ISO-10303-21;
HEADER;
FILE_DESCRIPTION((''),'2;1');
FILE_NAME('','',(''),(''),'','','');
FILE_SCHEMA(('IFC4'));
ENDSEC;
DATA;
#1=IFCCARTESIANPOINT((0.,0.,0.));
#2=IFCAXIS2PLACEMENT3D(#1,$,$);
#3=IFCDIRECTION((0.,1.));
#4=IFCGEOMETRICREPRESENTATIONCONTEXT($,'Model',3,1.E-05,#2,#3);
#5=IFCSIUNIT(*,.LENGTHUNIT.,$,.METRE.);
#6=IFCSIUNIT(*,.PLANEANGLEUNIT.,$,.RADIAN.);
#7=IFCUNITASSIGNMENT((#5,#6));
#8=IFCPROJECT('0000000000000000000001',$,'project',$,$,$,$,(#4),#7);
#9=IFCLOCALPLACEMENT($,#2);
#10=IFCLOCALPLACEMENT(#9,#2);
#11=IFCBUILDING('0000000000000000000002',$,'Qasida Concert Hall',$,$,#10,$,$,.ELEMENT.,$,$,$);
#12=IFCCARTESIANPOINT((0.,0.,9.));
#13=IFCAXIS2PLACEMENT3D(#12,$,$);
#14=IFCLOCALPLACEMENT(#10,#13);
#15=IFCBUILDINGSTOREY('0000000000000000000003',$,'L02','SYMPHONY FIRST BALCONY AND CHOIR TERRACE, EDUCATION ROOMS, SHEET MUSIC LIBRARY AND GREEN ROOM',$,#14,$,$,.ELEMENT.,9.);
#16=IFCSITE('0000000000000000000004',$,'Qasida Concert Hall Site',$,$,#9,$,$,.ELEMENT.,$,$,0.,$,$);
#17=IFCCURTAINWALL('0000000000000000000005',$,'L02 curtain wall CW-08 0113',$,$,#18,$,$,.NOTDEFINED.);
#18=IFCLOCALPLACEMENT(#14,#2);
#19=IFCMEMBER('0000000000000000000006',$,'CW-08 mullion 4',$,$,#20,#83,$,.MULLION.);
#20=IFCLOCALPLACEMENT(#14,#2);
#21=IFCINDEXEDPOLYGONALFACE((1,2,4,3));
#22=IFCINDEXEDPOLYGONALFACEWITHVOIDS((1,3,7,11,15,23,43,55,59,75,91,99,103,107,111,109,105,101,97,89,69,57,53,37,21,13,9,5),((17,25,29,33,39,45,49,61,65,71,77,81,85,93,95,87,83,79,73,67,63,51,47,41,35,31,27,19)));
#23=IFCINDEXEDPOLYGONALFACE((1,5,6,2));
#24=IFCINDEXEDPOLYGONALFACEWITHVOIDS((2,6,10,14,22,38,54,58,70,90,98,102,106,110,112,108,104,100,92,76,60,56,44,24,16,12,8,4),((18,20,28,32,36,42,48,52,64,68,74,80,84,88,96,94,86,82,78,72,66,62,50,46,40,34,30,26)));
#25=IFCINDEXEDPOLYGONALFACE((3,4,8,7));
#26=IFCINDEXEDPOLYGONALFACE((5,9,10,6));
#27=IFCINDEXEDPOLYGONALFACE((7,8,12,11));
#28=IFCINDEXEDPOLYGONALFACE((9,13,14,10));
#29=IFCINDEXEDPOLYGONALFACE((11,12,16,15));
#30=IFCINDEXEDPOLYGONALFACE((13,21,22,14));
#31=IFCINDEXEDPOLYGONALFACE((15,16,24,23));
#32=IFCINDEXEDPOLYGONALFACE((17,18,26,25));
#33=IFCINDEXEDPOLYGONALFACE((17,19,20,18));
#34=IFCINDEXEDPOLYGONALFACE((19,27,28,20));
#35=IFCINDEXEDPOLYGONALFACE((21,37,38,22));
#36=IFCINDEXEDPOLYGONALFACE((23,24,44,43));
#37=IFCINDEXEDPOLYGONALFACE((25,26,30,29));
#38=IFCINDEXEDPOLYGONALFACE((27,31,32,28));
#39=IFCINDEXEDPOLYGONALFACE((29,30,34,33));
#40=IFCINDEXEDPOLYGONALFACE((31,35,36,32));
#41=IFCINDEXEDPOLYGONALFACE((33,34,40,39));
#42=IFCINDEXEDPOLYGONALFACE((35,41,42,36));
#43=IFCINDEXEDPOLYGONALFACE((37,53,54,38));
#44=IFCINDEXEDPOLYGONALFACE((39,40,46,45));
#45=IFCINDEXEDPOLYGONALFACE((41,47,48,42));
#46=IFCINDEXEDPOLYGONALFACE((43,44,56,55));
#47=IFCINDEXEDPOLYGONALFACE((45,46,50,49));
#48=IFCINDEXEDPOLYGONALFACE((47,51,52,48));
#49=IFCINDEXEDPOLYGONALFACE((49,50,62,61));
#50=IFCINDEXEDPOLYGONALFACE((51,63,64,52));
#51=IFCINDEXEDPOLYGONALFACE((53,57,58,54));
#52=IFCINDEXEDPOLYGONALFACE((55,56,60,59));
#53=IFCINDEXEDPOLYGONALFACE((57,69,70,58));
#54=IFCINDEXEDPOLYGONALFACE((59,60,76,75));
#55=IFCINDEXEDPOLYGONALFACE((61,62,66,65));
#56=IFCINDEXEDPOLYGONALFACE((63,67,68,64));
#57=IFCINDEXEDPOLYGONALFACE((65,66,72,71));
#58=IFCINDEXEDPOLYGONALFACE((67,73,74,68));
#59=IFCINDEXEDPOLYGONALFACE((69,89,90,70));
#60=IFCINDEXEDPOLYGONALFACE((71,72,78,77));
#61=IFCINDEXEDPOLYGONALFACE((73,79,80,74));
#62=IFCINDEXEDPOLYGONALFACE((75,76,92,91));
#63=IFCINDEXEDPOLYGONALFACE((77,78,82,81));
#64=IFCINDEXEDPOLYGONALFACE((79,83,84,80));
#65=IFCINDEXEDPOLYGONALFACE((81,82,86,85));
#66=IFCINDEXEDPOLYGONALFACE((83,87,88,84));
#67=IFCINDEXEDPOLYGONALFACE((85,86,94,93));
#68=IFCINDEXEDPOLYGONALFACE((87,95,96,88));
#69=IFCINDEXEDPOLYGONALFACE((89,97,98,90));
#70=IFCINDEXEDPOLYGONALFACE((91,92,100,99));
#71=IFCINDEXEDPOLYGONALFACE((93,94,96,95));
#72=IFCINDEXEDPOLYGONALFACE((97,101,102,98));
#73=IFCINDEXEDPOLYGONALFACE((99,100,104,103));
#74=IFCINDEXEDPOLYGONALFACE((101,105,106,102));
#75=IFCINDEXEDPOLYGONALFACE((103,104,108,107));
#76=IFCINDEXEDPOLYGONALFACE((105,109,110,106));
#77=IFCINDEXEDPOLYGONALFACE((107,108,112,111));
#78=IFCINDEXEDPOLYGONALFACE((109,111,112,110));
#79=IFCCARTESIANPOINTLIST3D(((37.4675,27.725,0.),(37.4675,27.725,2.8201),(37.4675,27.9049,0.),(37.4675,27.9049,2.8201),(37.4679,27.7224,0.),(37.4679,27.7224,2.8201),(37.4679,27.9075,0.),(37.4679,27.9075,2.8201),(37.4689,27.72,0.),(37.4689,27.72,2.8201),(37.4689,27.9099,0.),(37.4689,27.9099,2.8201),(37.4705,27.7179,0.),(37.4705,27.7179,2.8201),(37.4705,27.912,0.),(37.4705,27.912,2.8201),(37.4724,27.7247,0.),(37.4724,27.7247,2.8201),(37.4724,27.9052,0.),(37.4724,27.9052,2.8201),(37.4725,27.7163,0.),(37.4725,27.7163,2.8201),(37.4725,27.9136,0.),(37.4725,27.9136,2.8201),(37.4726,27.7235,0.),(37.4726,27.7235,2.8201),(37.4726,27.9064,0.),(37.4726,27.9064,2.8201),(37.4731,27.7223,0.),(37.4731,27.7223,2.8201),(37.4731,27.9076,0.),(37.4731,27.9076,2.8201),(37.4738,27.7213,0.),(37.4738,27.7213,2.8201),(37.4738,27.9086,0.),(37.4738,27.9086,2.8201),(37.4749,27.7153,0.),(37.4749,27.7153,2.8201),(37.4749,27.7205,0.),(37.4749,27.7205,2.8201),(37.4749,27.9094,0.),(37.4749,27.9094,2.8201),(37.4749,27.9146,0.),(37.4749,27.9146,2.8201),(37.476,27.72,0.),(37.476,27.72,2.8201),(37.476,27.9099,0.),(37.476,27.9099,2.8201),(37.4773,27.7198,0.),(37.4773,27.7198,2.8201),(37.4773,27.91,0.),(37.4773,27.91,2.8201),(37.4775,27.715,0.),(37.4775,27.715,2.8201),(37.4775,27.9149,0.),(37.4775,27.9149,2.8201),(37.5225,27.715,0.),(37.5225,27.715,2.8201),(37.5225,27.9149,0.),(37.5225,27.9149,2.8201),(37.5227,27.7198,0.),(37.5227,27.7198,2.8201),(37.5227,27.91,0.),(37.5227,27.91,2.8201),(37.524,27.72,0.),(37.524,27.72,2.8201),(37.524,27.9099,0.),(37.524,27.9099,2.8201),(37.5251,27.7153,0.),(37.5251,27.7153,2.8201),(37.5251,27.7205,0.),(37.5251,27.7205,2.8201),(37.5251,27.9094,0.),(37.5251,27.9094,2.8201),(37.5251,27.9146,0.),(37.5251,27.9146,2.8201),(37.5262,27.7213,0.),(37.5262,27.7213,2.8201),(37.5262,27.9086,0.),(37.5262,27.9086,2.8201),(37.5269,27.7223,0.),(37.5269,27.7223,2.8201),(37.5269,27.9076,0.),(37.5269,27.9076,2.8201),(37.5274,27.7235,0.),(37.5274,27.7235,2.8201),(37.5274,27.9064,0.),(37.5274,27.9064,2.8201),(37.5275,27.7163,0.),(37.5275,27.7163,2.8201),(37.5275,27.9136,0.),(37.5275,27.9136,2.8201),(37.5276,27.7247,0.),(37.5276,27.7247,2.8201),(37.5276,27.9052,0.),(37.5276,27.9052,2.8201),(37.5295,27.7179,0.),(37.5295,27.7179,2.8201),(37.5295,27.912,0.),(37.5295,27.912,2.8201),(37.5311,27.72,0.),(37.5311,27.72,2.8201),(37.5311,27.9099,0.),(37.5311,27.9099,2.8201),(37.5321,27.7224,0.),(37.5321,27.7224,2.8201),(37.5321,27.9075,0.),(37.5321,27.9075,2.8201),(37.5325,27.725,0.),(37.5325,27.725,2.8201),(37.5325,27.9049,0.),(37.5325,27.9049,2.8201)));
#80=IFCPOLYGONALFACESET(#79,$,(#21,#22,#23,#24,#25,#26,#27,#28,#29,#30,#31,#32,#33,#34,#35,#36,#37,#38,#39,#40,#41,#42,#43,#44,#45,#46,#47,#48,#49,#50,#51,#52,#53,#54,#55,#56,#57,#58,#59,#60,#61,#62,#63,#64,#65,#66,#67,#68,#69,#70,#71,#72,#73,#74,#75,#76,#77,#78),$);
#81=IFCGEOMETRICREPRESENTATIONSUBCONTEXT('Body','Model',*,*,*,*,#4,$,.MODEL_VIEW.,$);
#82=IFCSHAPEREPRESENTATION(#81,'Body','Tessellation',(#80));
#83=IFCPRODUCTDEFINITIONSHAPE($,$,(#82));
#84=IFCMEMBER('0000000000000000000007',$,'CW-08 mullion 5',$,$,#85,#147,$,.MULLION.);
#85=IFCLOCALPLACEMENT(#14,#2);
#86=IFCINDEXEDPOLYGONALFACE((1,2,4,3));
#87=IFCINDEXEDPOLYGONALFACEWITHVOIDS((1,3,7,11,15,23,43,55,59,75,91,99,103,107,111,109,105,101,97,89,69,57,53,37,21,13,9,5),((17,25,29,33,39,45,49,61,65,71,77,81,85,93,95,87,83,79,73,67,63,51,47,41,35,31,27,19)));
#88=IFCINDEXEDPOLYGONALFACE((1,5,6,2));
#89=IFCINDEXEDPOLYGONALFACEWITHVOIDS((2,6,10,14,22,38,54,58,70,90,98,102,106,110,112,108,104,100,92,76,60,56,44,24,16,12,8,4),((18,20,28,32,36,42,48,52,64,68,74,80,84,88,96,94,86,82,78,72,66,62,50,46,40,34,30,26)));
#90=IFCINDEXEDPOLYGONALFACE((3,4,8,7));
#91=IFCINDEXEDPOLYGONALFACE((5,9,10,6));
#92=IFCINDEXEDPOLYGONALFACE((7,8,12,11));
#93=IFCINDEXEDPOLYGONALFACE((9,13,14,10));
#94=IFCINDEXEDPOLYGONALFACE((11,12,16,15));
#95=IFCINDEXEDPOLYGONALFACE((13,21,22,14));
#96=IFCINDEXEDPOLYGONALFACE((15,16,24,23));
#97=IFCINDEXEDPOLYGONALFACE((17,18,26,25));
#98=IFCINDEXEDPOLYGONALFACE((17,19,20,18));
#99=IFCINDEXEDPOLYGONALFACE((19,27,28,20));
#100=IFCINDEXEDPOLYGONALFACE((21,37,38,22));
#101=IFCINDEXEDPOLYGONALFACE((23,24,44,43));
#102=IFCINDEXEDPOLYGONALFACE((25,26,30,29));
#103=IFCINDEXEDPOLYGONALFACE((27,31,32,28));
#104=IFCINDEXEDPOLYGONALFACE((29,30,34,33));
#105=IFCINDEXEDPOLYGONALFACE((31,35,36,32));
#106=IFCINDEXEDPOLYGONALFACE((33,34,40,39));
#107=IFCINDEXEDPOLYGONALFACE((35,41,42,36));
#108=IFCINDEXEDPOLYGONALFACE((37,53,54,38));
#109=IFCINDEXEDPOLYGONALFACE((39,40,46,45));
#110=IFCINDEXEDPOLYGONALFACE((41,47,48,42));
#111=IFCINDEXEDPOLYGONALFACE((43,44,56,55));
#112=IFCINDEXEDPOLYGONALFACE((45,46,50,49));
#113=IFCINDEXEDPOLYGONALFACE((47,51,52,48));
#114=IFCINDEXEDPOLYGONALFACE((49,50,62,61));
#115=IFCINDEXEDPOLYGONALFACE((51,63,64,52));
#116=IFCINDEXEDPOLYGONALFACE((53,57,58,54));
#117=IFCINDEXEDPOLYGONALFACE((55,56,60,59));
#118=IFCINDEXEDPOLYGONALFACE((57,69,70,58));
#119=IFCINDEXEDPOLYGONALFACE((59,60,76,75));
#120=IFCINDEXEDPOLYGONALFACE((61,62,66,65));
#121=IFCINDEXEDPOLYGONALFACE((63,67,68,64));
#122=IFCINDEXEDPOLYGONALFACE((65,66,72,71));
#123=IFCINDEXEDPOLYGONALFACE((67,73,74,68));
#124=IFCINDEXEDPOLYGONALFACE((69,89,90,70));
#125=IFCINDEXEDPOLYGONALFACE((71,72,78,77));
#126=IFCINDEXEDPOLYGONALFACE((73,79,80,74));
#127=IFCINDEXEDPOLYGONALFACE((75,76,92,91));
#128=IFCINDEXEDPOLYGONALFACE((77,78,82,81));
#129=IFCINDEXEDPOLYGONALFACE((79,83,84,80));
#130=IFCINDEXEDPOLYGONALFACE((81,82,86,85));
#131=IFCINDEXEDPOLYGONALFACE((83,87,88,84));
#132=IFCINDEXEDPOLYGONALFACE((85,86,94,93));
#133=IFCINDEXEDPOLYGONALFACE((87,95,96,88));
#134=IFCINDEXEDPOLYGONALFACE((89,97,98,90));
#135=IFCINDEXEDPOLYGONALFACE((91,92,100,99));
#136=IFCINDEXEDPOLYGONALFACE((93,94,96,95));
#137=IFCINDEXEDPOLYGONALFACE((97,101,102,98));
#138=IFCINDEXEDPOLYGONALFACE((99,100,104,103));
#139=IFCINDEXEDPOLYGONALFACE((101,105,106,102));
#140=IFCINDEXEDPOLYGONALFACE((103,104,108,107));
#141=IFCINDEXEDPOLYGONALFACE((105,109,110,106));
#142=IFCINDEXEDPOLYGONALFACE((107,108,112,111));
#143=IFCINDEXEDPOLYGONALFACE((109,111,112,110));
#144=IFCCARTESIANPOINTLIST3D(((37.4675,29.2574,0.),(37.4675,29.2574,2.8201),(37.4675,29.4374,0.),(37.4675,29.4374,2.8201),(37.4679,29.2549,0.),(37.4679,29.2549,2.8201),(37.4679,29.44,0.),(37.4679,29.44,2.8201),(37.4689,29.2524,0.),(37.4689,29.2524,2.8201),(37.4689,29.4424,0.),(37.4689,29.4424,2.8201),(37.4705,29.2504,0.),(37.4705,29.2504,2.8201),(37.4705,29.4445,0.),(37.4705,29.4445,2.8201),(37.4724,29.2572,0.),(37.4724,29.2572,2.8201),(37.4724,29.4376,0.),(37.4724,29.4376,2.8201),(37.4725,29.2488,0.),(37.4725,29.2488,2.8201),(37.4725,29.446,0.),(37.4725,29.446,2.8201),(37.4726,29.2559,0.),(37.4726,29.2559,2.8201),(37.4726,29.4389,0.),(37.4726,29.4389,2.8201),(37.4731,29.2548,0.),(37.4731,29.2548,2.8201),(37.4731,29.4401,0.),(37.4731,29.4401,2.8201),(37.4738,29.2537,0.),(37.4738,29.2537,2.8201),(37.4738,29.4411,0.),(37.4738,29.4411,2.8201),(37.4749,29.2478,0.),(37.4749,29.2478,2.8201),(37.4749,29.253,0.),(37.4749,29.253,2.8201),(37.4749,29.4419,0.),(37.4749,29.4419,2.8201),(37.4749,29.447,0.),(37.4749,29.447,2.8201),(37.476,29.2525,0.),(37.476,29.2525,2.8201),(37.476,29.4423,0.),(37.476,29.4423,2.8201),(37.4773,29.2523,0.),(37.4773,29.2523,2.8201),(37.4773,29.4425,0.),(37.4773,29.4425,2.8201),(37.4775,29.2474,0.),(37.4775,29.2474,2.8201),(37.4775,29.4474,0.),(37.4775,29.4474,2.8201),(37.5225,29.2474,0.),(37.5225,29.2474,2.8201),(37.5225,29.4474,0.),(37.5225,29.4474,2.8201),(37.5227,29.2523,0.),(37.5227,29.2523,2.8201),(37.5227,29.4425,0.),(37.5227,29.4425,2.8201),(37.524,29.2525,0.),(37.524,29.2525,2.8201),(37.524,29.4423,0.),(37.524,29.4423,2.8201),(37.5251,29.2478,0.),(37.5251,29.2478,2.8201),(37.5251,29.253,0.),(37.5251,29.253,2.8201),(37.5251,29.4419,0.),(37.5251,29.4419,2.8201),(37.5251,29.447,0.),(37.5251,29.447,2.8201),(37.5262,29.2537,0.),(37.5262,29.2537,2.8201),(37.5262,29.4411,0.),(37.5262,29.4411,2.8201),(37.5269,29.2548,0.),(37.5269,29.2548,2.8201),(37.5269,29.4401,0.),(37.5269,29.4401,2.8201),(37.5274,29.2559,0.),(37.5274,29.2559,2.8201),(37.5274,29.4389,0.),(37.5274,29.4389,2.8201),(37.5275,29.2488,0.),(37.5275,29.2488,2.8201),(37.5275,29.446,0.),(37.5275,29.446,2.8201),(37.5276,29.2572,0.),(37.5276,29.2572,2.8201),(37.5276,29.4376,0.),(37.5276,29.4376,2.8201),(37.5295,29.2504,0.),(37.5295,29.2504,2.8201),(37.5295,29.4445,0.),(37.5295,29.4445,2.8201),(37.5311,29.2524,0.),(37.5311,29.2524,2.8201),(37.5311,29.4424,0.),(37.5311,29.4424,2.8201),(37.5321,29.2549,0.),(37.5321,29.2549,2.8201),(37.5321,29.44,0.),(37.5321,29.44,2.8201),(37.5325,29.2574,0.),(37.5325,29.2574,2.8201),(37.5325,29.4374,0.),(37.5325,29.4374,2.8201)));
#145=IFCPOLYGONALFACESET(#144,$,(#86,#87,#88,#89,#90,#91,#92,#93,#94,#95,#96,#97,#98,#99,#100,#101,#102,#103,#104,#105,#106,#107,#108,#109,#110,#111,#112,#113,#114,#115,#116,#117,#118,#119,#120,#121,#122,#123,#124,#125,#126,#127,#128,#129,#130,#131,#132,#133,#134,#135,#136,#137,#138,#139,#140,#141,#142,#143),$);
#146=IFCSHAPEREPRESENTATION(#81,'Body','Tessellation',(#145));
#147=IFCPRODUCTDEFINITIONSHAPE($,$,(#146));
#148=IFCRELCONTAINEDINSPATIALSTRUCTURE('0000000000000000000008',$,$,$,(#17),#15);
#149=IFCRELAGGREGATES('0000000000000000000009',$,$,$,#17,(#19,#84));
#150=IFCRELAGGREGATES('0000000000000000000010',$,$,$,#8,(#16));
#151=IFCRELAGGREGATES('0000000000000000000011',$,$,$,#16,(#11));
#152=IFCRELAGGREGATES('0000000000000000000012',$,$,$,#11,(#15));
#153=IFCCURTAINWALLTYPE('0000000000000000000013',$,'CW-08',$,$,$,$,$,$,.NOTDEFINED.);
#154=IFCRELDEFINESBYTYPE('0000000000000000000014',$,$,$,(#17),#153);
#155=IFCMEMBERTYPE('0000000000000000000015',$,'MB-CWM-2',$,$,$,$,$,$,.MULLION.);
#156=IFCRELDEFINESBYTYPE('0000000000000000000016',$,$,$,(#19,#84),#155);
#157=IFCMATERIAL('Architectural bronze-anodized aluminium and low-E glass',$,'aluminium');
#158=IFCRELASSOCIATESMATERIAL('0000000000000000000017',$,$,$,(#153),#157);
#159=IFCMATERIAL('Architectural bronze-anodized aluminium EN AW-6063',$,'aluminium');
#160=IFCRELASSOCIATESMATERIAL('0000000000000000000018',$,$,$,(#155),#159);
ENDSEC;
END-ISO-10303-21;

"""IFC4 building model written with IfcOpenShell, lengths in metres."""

from ifc_helpers import new_model, si_unit, direction, frame, origin, origin_2d, place, context, subcontext, project, spatial, hollow_rectangle, extrude, material, material_profile, profile_set, type_object, element, aggregate, save


model = new_model("IFC4")

# Units and contexts
model_context = context("Model", 3, precision=1e-05, world=origin(), true_north=direction((0.0, 1.0)))
body_context = subcontext(model_context, "Body", "Model", "MODEL_VIEW")
ifc_project = project(units=[si_unit("LENGTHUNIT", "METRE"), si_unit("PLANEANGLEUNIT", "RADIAN")], contexts=[model_context])

# Site, building, storey
site_placement = place(None, origin())
site = spatial("IfcSite", under=ifc_project, at=site_placement, Name="Qasida Concert Hall Site", CompositionType="ELEMENT", RefElevation=0.0)
building_placement = place(site_placement, origin())
building = spatial("IfcBuilding", under=site, at=building_placement, Name="Qasida Concert Hall", CompositionType="ELEMENT")
storey_placement = place(building_placement, frame((0.0, 0.0, 9.0)))
storey = spatial("IfcBuildingStorey", under=building, at=storey_placement, Name="L02", Description="SYMPHONY FIRST BALCONY AND CHOIR TERRACE, EDUCATION ROOMS, SHEET MUSIC LIBRARY AND GREEN ROOM", CompositionType="ELEMENT", Elevation=9.0)

# Curtain wall, members
ifc_material_1 = material(Name="Architectural bronze-anodized aluminium and low-E glass", Category="aluminium")
curtain_wall_type = type_object("IfcCurtainWallType", Name="CW-08", PredefinedType="NOTDEFINED", material=ifc_material_1)
curtain_wall_1_placement = place(storey_placement, origin())
curtain_wall_1 = element("IfcCurtainWall", 1, at=curtain_wall_1_placement, inside=storey, type_object=curtain_wall_type, Name="L02 curtain wall CW-08 0113", PredefinedType="NOTDEFINED")
ifc_material_2 = material(Name="Architectural bronze-anodized aluminium EN AW-6063", Category="aluminium")
ifc_material_profile_1 = material_profile(ifc_material_2, hollow_rectangle(XDim=0.0649, YDim=0.2, WallThickness=0.0049, InnerFilletRadius=0.0049, OuterFilletRadius=0.01, at=origin_2d()), Name="CWM 200x65x5")
ifc_profile_set_1 = profile_set([ifc_material_profile_1], Name="Architectural bronze-anodized aluminium EN AW-6063")
member_type_1 = type_object("IfcMemberType", Name="MB-CWM-2", PredefinedType="MULLION", material=ifc_profile_set_1)
member_1_placement = place(storey_placement, frame((37.5, 27.8149, 0.0), z_axis=(0.0, 0.0, 1.0), x_axis=(-1.0, 0.0, 0.0)))
member_1 = element("IfcMember", 2, at=member_1_placement, type_object=member_type_1, Name="CW-08 mullion 4", PredefinedType="MULLION", context=body_context, shape_type="SweptSolid", body=[
    extrude(hollow_rectangle(XDim=0.0649, YDim=0.2, WallThickness=0.0049, InnerFilletRadius=0.0049, OuterFilletRadius=0.01, at=origin_2d()), origin(), (0.0, 0.0, 1.0), 2.8201),
])
member_2_placement = place(storey_placement, frame((37.5, 29.3474, 0.0), z_axis=(0.0, 0.0, 1.0), x_axis=(-1.0, 0.0, 0.0)))
member_2 = element("IfcMember", 3, at=member_2_placement, type_object=member_type_1, Name="CW-08 mullion 5", PredefinedType="MULLION", context=body_context, shape_type="SweptSolid", body=[
    extrude(hollow_rectangle(XDim=0.0649, YDim=0.2, WallThickness=0.0049, InnerFilletRadius=0.0049, OuterFilletRadius=0.01, at=origin_2d()), origin(), (0.0, 0.0, 1.0), 2.8201),
])

aggregate(curtain_wall_1, [member_1, member_2])

save(model, "model.ifc")
